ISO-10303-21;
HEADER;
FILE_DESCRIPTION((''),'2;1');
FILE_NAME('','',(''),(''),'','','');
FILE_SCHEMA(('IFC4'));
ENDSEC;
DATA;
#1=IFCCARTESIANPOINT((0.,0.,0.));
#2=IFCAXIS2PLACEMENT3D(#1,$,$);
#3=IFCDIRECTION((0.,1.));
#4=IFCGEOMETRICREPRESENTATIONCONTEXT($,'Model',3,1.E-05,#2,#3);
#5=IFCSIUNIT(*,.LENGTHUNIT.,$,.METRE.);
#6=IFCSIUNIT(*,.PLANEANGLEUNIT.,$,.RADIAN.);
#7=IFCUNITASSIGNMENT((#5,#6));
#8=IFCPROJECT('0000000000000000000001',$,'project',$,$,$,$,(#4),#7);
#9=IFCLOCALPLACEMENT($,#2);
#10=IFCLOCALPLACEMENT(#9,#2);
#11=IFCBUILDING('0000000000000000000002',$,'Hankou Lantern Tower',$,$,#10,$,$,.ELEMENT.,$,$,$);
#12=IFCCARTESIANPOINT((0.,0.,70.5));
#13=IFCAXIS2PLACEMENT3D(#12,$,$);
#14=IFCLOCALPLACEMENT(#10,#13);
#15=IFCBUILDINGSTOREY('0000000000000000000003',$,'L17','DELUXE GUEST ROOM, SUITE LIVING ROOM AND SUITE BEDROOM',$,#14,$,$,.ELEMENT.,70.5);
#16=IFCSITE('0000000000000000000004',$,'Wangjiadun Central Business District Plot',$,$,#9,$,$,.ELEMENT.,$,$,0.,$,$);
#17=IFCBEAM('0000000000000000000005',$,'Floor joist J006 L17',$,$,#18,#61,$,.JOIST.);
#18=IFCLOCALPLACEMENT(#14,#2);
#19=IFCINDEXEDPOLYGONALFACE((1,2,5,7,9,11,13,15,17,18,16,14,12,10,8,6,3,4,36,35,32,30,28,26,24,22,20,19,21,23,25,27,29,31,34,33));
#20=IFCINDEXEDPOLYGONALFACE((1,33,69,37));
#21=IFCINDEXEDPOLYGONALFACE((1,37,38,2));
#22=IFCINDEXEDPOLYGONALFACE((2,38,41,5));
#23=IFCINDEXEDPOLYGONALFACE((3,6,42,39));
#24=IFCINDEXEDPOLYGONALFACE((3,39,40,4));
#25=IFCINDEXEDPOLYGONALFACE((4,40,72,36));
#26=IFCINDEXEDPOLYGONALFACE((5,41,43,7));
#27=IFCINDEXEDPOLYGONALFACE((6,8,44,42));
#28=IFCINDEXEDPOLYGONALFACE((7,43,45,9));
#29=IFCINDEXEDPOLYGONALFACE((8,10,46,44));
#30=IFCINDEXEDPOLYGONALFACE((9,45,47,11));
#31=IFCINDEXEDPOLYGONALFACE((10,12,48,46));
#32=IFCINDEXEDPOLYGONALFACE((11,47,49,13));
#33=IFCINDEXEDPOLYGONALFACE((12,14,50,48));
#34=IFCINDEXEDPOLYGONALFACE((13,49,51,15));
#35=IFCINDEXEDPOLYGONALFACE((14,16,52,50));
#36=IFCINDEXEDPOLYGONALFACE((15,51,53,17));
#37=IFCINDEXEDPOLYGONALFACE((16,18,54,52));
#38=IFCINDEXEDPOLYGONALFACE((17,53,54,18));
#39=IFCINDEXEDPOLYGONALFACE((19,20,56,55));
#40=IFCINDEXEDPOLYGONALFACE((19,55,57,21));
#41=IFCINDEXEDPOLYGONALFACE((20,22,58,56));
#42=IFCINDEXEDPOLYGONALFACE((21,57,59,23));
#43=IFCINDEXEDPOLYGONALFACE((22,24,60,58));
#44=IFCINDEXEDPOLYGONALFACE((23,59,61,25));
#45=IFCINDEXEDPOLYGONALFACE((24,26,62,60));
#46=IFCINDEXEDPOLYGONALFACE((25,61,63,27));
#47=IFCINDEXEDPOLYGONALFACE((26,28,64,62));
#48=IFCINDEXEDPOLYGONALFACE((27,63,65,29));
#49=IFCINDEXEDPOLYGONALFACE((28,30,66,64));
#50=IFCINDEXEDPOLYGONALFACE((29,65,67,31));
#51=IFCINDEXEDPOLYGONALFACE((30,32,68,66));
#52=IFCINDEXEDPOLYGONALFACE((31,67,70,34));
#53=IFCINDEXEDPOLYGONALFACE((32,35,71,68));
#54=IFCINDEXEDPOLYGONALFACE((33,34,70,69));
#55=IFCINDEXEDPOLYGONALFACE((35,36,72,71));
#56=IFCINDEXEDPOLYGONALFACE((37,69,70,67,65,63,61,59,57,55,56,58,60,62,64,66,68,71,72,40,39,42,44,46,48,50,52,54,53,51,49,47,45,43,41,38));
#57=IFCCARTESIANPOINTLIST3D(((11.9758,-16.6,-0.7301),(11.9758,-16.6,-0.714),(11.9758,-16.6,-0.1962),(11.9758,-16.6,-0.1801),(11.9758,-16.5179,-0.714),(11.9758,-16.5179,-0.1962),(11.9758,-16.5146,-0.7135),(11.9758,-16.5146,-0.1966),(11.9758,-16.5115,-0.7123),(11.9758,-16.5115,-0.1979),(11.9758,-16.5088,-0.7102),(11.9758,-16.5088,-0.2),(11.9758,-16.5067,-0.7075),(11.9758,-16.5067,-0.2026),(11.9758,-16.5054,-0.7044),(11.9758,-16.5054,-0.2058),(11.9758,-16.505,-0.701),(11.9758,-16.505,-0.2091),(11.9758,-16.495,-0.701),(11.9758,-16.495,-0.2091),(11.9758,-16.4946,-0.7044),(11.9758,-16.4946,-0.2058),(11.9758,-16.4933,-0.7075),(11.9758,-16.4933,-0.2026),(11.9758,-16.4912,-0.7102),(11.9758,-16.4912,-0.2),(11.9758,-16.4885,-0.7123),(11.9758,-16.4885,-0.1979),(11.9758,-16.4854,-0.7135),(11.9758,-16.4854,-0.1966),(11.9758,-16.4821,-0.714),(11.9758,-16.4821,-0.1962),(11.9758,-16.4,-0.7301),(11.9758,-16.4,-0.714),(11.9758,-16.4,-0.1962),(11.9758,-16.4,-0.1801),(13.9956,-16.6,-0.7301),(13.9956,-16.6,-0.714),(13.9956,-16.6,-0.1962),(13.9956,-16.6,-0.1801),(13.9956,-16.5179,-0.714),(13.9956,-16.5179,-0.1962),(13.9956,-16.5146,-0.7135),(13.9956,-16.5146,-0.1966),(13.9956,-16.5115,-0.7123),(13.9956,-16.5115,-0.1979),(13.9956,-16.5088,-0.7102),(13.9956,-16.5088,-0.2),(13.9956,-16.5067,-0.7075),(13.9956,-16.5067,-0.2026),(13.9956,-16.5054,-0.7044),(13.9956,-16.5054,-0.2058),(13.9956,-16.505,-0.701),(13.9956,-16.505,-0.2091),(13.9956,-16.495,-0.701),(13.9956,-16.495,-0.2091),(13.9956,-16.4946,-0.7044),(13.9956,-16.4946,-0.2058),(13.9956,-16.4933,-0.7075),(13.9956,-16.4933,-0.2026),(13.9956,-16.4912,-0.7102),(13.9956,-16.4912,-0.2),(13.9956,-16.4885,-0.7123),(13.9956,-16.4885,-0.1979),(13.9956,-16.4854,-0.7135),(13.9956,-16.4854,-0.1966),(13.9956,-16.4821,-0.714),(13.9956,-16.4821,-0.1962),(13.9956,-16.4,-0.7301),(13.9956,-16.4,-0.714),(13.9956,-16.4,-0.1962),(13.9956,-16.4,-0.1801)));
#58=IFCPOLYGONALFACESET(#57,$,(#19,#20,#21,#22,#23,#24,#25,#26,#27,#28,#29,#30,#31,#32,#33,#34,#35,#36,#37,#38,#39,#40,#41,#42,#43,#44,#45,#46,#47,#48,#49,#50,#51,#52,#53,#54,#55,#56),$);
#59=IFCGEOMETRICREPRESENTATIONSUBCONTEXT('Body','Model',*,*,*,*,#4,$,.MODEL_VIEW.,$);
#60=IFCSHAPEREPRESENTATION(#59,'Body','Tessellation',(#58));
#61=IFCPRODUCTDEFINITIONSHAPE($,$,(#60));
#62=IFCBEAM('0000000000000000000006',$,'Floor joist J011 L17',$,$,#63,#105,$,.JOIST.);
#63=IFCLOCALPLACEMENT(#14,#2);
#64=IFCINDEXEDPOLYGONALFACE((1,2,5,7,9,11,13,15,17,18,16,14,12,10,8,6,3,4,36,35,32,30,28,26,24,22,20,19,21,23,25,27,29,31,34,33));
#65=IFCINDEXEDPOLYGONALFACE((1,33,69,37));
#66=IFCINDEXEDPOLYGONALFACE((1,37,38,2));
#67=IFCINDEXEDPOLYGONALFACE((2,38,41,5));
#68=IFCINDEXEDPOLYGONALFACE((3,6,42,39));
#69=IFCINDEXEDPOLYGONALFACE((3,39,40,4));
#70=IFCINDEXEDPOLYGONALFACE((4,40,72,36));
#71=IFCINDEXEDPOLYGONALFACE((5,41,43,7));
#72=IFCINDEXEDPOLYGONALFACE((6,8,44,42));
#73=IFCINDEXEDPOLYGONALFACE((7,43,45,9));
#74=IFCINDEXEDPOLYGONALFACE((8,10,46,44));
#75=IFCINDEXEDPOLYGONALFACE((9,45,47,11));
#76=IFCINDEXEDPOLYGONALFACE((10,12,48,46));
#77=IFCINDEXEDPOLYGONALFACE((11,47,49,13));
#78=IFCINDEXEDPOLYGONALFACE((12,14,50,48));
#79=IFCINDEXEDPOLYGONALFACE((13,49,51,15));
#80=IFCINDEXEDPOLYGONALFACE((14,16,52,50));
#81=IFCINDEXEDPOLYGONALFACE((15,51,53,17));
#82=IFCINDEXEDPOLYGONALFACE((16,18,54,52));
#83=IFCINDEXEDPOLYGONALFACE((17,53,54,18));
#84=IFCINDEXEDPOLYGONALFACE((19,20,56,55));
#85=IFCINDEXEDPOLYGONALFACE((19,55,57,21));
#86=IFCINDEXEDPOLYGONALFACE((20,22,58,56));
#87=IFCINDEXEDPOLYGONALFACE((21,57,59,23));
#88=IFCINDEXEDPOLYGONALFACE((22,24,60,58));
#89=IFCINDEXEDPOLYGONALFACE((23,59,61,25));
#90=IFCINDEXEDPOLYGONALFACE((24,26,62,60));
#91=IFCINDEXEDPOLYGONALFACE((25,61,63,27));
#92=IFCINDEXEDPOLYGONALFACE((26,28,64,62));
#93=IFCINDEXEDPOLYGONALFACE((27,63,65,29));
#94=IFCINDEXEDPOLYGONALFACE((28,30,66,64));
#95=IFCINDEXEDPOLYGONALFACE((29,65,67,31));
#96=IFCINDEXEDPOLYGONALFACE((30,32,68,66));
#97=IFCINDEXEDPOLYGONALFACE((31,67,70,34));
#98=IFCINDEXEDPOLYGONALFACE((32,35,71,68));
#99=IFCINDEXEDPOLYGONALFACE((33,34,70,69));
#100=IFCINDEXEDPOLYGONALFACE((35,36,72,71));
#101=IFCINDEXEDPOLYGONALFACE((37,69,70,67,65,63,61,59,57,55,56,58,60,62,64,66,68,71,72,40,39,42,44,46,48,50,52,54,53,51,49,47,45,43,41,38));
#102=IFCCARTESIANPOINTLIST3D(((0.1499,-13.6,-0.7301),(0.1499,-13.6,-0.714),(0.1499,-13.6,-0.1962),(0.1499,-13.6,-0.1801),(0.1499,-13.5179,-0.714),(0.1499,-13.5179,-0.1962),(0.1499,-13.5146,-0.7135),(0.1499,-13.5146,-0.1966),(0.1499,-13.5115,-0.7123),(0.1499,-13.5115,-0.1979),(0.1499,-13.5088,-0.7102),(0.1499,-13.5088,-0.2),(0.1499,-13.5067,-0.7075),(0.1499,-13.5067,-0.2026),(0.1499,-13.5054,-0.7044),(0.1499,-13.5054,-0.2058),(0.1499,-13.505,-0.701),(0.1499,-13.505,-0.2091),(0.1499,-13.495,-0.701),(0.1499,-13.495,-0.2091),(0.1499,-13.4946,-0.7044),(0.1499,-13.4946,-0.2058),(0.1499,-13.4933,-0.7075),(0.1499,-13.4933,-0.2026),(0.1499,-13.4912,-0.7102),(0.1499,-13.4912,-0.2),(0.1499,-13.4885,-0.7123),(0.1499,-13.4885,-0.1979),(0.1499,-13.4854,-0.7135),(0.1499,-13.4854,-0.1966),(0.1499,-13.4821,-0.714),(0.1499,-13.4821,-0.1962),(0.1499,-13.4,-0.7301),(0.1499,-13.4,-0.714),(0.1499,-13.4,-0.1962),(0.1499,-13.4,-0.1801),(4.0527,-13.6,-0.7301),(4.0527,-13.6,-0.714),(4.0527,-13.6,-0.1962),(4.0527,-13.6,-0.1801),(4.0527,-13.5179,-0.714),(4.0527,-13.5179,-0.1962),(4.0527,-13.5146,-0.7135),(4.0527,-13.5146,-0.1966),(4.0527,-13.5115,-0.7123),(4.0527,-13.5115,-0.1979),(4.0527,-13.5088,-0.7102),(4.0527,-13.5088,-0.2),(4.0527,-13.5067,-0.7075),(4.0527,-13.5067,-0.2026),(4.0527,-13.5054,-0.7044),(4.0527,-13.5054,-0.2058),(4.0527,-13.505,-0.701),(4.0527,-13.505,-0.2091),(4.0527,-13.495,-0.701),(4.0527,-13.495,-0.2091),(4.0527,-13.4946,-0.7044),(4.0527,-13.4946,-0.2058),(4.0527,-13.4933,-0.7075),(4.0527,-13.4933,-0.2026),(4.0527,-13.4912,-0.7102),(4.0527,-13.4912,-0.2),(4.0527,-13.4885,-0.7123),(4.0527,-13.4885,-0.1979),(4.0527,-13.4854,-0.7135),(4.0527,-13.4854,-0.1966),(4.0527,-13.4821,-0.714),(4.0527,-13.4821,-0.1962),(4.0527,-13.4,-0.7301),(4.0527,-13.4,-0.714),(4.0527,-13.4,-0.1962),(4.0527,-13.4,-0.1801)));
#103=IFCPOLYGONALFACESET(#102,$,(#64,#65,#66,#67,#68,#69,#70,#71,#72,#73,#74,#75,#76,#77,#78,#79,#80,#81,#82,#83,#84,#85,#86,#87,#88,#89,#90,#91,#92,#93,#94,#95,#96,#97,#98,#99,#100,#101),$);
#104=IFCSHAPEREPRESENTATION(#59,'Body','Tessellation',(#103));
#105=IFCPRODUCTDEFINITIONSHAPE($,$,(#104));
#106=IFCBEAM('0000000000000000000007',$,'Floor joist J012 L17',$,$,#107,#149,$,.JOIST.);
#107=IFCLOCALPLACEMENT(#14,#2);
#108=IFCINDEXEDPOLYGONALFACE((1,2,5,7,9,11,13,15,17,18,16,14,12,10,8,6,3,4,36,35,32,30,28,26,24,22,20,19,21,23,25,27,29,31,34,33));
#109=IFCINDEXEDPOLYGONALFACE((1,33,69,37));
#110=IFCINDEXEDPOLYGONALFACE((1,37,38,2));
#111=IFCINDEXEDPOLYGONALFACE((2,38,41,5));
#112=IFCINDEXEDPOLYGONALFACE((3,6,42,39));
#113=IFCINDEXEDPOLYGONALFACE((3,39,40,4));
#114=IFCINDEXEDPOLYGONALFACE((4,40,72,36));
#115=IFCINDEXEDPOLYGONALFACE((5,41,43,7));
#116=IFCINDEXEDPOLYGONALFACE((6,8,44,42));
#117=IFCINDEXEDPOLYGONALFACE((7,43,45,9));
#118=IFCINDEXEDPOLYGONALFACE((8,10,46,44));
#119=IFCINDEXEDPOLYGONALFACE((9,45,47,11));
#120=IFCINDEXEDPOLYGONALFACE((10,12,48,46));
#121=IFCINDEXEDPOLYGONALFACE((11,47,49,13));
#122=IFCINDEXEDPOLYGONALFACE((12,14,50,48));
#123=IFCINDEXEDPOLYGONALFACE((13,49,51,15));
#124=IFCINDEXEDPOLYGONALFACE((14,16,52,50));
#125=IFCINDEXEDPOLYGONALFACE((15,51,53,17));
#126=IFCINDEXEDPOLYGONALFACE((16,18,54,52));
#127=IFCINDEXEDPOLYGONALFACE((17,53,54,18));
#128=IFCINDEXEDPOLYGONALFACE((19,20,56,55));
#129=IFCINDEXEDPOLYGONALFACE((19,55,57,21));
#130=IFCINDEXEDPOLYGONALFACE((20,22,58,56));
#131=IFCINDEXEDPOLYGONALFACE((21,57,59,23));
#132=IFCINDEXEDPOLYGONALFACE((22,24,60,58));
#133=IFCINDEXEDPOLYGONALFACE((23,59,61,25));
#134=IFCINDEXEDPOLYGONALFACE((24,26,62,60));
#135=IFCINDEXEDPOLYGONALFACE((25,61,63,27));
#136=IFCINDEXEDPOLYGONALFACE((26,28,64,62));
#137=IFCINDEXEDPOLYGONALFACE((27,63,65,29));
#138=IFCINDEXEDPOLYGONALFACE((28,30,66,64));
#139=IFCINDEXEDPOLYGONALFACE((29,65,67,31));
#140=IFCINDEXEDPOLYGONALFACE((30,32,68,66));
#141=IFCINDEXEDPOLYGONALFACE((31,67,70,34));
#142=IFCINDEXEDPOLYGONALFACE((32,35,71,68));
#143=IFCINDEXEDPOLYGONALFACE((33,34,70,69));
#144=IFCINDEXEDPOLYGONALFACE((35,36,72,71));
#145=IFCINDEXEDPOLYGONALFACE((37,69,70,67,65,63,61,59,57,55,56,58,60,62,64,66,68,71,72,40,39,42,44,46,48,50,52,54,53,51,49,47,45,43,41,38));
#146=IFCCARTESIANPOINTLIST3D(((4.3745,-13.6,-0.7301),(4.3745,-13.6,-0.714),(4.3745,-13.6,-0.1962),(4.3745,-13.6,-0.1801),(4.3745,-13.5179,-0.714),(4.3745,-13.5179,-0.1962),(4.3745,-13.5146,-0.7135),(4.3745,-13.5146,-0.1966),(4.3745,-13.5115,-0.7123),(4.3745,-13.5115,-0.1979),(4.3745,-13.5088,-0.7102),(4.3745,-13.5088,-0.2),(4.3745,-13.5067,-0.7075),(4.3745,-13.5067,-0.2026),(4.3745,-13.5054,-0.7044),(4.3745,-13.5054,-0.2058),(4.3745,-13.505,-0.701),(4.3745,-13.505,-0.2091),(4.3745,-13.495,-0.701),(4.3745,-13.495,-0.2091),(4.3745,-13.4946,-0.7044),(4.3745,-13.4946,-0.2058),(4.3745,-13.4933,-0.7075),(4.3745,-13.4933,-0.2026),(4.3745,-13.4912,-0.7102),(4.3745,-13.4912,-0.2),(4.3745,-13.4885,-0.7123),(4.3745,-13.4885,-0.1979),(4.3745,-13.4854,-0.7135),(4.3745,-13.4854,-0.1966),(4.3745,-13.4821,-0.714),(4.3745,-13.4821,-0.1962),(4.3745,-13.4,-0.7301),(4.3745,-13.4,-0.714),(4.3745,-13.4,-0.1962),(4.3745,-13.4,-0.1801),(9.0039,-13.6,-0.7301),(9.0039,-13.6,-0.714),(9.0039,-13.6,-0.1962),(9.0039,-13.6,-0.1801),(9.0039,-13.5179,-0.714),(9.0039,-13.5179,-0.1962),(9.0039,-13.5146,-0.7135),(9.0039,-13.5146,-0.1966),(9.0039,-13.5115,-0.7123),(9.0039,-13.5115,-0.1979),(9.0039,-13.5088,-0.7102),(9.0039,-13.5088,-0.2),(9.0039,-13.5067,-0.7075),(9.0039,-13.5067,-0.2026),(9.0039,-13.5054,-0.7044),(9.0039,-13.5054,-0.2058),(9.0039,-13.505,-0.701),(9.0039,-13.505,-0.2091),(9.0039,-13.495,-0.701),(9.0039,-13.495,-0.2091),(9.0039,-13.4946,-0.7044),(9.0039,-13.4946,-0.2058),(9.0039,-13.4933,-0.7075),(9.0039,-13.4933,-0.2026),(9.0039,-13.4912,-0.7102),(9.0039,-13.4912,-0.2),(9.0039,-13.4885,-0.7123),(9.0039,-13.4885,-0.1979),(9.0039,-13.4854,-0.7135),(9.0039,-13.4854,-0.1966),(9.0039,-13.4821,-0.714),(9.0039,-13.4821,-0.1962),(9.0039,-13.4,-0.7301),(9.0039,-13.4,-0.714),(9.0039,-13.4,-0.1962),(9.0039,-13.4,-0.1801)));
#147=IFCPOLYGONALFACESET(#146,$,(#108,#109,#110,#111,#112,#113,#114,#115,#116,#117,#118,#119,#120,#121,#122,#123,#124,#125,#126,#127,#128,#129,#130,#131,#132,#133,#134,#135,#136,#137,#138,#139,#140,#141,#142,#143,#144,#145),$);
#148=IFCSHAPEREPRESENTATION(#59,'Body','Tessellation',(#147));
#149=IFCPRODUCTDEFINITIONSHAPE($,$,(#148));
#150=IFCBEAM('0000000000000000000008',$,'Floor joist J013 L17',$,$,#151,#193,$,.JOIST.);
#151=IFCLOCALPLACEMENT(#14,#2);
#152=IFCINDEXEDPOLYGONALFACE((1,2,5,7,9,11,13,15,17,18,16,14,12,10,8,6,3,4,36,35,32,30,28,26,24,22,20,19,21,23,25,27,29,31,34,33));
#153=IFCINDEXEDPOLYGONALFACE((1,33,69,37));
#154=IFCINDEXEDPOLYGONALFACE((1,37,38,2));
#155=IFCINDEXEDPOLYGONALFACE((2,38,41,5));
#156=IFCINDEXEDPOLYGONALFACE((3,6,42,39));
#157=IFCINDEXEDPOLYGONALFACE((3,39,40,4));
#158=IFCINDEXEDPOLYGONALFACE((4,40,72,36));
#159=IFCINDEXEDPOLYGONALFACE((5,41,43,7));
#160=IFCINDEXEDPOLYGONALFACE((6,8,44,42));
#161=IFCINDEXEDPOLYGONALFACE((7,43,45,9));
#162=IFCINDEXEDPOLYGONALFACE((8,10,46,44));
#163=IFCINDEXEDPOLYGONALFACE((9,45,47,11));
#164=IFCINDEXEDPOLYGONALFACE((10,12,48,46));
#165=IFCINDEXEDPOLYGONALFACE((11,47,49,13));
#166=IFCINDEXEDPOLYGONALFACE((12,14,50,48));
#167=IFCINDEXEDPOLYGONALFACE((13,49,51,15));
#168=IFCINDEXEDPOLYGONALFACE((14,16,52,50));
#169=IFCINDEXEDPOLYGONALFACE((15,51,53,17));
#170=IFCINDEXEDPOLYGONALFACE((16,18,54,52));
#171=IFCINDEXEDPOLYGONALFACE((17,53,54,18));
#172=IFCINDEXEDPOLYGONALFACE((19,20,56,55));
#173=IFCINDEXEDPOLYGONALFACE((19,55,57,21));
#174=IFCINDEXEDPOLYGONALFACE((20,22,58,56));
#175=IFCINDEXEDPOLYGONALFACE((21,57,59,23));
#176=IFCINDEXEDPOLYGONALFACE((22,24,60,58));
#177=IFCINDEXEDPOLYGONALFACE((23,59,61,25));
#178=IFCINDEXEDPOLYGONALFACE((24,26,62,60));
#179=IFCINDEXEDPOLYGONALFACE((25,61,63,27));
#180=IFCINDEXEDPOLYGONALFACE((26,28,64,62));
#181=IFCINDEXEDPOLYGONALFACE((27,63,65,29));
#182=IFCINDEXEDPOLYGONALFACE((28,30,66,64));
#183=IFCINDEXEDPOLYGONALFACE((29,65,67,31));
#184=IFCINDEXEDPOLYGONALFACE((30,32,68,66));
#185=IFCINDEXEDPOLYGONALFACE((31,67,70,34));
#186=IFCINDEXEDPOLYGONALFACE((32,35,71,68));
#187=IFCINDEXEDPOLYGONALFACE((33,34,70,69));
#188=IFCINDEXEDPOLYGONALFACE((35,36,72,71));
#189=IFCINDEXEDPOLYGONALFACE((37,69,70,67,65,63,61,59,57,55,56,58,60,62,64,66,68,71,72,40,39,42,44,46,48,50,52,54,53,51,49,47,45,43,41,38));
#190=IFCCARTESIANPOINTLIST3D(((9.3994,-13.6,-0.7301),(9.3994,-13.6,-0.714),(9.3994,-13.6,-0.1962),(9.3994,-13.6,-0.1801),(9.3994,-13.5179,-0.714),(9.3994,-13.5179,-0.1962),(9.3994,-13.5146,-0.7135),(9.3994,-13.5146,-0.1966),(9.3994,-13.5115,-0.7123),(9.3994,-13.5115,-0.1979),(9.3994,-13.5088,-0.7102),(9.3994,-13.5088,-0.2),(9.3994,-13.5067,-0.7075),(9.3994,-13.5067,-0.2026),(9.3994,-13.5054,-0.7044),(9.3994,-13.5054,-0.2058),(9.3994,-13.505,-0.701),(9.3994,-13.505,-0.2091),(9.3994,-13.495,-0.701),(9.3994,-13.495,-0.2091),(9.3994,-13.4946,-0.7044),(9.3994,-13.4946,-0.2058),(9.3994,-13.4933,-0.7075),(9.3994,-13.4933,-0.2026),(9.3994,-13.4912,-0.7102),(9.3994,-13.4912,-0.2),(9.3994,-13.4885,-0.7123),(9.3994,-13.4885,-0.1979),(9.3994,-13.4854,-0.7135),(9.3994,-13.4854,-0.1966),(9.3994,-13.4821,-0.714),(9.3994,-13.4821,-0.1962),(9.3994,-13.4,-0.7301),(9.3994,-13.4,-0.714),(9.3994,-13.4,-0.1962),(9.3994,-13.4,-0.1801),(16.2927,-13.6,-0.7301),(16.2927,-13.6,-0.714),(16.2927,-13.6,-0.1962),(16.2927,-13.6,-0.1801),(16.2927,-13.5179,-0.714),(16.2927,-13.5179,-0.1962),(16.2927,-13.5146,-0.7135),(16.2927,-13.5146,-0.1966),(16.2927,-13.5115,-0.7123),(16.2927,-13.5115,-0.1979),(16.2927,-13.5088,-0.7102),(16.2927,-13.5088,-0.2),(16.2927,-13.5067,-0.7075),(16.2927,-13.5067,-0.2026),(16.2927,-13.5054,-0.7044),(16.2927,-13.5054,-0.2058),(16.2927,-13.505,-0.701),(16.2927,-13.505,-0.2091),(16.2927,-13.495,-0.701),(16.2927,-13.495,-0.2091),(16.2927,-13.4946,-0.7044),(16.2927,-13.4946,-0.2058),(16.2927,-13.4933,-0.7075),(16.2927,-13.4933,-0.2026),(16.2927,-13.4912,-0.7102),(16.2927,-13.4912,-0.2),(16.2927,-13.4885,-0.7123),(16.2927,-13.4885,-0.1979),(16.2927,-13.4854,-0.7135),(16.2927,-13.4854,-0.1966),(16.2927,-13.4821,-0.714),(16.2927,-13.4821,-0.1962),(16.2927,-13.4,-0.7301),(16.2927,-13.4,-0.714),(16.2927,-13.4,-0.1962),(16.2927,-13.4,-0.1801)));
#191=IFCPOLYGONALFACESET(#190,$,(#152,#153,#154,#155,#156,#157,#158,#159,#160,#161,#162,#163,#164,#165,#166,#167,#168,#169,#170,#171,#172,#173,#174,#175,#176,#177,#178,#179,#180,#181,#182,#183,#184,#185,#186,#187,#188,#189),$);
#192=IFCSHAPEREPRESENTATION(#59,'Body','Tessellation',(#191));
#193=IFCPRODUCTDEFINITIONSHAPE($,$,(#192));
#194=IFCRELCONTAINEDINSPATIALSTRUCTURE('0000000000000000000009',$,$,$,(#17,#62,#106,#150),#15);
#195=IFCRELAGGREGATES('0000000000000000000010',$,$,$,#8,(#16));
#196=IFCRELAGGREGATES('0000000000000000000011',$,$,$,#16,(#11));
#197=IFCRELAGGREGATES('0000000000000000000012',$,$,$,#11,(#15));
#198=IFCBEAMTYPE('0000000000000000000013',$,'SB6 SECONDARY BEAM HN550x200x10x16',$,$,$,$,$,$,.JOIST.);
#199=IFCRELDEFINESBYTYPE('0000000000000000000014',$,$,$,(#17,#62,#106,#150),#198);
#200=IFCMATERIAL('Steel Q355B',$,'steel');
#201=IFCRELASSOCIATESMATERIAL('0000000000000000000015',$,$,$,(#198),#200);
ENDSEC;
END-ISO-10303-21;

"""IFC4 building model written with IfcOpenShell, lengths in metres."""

from ifc_helpers import new_model, si_unit, direction, frame, origin, origin_2d, place, context, subcontext, project, spatial, i_section, extrude, material, material_profile, profile_set, type_object, element, save


model = new_model("IFC4")

# Units and contexts
model_context = context("Model", 3, precision=1e-05, world=origin(), true_north=direction((0.0, 1.0)))
body_context = subcontext(model_context, "Body", "Model", "MODEL_VIEW")
ifc_project = project(units=[si_unit("LENGTHUNIT", "METRE"), si_unit("PLANEANGLEUNIT", "RADIAN")], contexts=[model_context])

# Site, building, storey
site_placement = place(None, origin())
site = spatial("IfcSite", under=ifc_project, at=site_placement, Name="Wangjiadun Central Business District Plot", CompositionType="ELEMENT", RefElevation=0.0)
building_placement = place(site_placement, origin())
building = spatial("IfcBuilding", under=site, at=building_placement, Name="Hankou Lantern Tower", CompositionType="ELEMENT")
storey_placement = place(building_placement, frame((0.0, 0.0, 70.5)))
storey = spatial("IfcBuildingStorey", under=building, at=storey_placement, Name="L17", Description="DELUXE GUEST ROOM, SUITE LIVING ROOM AND SUITE BEDROOM", CompositionType="ELEMENT", Elevation=70.5)

# Beams
ifc_material_1 = material(Name="Steel Q355B", Category="steel")
ifc_material_profile_1 = material_profile(ifc_material_1, i_section(OverallWidth=0.2, OverallDepth=0.55, WebThickness=0.01, FlangeThickness=0.0161, FilletRadius=0.0129, at=origin_2d()), Name="HN550x200x10x16")
ifc_profile_set_1 = profile_set([ifc_material_profile_1], Name="Steel Q355B")
beam_type_1 = type_object("IfcBeamType", Name="SB6 SECONDARY BEAM HN550x200x10x16", PredefinedType="JOIST", material=ifc_profile_set_1)
beam_1_placement = place(storey_placement, frame((11.9758, -16.5, -0.4551), z_axis=(1.0, 0.0, 0.0), x_axis=(0.0, 1.0, 0.0)))
element("IfcBeam", 1, at=beam_1_placement, inside=storey, type_object=beam_type_1, Name="Floor joist J006 L17", PredefinedType="JOIST", context=body_context, shape_type="SweptSolid", body=[
    extrude(i_section(OverallWidth=0.2, OverallDepth=0.55, WebThickness=0.01, FlangeThickness=0.0161, FilletRadius=0.0129, at=origin_2d()), origin(), (0.0, 0.0, 1.0), 2.0198),
])
beam_2_placement = place(storey_placement, frame((0.1499, -13.5, -0.4551), z_axis=(1.0, 0.0, 0.0), x_axis=(0.0, 1.0, 0.0)))
element("IfcBeam", 2, at=beam_2_placement, inside=storey, type_object=beam_type_1, Name="Floor joist J011 L17", PredefinedType="JOIST", context=body_context, shape_type="SweptSolid", body=[
    extrude(i_section(OverallWidth=0.2, OverallDepth=0.55, WebThickness=0.01, FlangeThickness=0.0161, FilletRadius=0.0129, at=origin_2d()), origin(), (0.0, 0.0, 1.0), 3.9028),
])
beam_3_placement = place(storey_placement, frame((4.3745, -13.5, -0.4551), z_axis=(1.0, 0.0, 0.0), x_axis=(0.0, 1.0, 0.0)))
element("IfcBeam", 3, at=beam_3_placement, inside=storey, type_object=beam_type_1, Name="Floor joist J012 L17", PredefinedType="JOIST", context=body_context, shape_type="SweptSolid", body=[
    extrude(i_section(OverallWidth=0.2, OverallDepth=0.55, WebThickness=0.01, FlangeThickness=0.0161, FilletRadius=0.0129, at=origin_2d()), origin(), (0.0, 0.0, 1.0), 4.6294),
])
beam_4_placement = place(storey_placement, frame((9.3994, -13.5, -0.4551), z_axis=(1.0, 0.0, 0.0), x_axis=(0.0, 1.0, 0.0)))
element("IfcBeam", 4, at=beam_4_placement, inside=storey, type_object=beam_type_1, Name="Floor joist J013 L17", PredefinedType="JOIST", context=body_context, shape_type="SweptSolid", body=[
    extrude(i_section(OverallWidth=0.2, OverallDepth=0.55, WebThickness=0.01, FlangeThickness=0.0161, FilletRadius=0.0129, at=origin_2d()), origin(), (0.0, 0.0, 1.0), 6.8933),
])

save(model, "model.ifc")
